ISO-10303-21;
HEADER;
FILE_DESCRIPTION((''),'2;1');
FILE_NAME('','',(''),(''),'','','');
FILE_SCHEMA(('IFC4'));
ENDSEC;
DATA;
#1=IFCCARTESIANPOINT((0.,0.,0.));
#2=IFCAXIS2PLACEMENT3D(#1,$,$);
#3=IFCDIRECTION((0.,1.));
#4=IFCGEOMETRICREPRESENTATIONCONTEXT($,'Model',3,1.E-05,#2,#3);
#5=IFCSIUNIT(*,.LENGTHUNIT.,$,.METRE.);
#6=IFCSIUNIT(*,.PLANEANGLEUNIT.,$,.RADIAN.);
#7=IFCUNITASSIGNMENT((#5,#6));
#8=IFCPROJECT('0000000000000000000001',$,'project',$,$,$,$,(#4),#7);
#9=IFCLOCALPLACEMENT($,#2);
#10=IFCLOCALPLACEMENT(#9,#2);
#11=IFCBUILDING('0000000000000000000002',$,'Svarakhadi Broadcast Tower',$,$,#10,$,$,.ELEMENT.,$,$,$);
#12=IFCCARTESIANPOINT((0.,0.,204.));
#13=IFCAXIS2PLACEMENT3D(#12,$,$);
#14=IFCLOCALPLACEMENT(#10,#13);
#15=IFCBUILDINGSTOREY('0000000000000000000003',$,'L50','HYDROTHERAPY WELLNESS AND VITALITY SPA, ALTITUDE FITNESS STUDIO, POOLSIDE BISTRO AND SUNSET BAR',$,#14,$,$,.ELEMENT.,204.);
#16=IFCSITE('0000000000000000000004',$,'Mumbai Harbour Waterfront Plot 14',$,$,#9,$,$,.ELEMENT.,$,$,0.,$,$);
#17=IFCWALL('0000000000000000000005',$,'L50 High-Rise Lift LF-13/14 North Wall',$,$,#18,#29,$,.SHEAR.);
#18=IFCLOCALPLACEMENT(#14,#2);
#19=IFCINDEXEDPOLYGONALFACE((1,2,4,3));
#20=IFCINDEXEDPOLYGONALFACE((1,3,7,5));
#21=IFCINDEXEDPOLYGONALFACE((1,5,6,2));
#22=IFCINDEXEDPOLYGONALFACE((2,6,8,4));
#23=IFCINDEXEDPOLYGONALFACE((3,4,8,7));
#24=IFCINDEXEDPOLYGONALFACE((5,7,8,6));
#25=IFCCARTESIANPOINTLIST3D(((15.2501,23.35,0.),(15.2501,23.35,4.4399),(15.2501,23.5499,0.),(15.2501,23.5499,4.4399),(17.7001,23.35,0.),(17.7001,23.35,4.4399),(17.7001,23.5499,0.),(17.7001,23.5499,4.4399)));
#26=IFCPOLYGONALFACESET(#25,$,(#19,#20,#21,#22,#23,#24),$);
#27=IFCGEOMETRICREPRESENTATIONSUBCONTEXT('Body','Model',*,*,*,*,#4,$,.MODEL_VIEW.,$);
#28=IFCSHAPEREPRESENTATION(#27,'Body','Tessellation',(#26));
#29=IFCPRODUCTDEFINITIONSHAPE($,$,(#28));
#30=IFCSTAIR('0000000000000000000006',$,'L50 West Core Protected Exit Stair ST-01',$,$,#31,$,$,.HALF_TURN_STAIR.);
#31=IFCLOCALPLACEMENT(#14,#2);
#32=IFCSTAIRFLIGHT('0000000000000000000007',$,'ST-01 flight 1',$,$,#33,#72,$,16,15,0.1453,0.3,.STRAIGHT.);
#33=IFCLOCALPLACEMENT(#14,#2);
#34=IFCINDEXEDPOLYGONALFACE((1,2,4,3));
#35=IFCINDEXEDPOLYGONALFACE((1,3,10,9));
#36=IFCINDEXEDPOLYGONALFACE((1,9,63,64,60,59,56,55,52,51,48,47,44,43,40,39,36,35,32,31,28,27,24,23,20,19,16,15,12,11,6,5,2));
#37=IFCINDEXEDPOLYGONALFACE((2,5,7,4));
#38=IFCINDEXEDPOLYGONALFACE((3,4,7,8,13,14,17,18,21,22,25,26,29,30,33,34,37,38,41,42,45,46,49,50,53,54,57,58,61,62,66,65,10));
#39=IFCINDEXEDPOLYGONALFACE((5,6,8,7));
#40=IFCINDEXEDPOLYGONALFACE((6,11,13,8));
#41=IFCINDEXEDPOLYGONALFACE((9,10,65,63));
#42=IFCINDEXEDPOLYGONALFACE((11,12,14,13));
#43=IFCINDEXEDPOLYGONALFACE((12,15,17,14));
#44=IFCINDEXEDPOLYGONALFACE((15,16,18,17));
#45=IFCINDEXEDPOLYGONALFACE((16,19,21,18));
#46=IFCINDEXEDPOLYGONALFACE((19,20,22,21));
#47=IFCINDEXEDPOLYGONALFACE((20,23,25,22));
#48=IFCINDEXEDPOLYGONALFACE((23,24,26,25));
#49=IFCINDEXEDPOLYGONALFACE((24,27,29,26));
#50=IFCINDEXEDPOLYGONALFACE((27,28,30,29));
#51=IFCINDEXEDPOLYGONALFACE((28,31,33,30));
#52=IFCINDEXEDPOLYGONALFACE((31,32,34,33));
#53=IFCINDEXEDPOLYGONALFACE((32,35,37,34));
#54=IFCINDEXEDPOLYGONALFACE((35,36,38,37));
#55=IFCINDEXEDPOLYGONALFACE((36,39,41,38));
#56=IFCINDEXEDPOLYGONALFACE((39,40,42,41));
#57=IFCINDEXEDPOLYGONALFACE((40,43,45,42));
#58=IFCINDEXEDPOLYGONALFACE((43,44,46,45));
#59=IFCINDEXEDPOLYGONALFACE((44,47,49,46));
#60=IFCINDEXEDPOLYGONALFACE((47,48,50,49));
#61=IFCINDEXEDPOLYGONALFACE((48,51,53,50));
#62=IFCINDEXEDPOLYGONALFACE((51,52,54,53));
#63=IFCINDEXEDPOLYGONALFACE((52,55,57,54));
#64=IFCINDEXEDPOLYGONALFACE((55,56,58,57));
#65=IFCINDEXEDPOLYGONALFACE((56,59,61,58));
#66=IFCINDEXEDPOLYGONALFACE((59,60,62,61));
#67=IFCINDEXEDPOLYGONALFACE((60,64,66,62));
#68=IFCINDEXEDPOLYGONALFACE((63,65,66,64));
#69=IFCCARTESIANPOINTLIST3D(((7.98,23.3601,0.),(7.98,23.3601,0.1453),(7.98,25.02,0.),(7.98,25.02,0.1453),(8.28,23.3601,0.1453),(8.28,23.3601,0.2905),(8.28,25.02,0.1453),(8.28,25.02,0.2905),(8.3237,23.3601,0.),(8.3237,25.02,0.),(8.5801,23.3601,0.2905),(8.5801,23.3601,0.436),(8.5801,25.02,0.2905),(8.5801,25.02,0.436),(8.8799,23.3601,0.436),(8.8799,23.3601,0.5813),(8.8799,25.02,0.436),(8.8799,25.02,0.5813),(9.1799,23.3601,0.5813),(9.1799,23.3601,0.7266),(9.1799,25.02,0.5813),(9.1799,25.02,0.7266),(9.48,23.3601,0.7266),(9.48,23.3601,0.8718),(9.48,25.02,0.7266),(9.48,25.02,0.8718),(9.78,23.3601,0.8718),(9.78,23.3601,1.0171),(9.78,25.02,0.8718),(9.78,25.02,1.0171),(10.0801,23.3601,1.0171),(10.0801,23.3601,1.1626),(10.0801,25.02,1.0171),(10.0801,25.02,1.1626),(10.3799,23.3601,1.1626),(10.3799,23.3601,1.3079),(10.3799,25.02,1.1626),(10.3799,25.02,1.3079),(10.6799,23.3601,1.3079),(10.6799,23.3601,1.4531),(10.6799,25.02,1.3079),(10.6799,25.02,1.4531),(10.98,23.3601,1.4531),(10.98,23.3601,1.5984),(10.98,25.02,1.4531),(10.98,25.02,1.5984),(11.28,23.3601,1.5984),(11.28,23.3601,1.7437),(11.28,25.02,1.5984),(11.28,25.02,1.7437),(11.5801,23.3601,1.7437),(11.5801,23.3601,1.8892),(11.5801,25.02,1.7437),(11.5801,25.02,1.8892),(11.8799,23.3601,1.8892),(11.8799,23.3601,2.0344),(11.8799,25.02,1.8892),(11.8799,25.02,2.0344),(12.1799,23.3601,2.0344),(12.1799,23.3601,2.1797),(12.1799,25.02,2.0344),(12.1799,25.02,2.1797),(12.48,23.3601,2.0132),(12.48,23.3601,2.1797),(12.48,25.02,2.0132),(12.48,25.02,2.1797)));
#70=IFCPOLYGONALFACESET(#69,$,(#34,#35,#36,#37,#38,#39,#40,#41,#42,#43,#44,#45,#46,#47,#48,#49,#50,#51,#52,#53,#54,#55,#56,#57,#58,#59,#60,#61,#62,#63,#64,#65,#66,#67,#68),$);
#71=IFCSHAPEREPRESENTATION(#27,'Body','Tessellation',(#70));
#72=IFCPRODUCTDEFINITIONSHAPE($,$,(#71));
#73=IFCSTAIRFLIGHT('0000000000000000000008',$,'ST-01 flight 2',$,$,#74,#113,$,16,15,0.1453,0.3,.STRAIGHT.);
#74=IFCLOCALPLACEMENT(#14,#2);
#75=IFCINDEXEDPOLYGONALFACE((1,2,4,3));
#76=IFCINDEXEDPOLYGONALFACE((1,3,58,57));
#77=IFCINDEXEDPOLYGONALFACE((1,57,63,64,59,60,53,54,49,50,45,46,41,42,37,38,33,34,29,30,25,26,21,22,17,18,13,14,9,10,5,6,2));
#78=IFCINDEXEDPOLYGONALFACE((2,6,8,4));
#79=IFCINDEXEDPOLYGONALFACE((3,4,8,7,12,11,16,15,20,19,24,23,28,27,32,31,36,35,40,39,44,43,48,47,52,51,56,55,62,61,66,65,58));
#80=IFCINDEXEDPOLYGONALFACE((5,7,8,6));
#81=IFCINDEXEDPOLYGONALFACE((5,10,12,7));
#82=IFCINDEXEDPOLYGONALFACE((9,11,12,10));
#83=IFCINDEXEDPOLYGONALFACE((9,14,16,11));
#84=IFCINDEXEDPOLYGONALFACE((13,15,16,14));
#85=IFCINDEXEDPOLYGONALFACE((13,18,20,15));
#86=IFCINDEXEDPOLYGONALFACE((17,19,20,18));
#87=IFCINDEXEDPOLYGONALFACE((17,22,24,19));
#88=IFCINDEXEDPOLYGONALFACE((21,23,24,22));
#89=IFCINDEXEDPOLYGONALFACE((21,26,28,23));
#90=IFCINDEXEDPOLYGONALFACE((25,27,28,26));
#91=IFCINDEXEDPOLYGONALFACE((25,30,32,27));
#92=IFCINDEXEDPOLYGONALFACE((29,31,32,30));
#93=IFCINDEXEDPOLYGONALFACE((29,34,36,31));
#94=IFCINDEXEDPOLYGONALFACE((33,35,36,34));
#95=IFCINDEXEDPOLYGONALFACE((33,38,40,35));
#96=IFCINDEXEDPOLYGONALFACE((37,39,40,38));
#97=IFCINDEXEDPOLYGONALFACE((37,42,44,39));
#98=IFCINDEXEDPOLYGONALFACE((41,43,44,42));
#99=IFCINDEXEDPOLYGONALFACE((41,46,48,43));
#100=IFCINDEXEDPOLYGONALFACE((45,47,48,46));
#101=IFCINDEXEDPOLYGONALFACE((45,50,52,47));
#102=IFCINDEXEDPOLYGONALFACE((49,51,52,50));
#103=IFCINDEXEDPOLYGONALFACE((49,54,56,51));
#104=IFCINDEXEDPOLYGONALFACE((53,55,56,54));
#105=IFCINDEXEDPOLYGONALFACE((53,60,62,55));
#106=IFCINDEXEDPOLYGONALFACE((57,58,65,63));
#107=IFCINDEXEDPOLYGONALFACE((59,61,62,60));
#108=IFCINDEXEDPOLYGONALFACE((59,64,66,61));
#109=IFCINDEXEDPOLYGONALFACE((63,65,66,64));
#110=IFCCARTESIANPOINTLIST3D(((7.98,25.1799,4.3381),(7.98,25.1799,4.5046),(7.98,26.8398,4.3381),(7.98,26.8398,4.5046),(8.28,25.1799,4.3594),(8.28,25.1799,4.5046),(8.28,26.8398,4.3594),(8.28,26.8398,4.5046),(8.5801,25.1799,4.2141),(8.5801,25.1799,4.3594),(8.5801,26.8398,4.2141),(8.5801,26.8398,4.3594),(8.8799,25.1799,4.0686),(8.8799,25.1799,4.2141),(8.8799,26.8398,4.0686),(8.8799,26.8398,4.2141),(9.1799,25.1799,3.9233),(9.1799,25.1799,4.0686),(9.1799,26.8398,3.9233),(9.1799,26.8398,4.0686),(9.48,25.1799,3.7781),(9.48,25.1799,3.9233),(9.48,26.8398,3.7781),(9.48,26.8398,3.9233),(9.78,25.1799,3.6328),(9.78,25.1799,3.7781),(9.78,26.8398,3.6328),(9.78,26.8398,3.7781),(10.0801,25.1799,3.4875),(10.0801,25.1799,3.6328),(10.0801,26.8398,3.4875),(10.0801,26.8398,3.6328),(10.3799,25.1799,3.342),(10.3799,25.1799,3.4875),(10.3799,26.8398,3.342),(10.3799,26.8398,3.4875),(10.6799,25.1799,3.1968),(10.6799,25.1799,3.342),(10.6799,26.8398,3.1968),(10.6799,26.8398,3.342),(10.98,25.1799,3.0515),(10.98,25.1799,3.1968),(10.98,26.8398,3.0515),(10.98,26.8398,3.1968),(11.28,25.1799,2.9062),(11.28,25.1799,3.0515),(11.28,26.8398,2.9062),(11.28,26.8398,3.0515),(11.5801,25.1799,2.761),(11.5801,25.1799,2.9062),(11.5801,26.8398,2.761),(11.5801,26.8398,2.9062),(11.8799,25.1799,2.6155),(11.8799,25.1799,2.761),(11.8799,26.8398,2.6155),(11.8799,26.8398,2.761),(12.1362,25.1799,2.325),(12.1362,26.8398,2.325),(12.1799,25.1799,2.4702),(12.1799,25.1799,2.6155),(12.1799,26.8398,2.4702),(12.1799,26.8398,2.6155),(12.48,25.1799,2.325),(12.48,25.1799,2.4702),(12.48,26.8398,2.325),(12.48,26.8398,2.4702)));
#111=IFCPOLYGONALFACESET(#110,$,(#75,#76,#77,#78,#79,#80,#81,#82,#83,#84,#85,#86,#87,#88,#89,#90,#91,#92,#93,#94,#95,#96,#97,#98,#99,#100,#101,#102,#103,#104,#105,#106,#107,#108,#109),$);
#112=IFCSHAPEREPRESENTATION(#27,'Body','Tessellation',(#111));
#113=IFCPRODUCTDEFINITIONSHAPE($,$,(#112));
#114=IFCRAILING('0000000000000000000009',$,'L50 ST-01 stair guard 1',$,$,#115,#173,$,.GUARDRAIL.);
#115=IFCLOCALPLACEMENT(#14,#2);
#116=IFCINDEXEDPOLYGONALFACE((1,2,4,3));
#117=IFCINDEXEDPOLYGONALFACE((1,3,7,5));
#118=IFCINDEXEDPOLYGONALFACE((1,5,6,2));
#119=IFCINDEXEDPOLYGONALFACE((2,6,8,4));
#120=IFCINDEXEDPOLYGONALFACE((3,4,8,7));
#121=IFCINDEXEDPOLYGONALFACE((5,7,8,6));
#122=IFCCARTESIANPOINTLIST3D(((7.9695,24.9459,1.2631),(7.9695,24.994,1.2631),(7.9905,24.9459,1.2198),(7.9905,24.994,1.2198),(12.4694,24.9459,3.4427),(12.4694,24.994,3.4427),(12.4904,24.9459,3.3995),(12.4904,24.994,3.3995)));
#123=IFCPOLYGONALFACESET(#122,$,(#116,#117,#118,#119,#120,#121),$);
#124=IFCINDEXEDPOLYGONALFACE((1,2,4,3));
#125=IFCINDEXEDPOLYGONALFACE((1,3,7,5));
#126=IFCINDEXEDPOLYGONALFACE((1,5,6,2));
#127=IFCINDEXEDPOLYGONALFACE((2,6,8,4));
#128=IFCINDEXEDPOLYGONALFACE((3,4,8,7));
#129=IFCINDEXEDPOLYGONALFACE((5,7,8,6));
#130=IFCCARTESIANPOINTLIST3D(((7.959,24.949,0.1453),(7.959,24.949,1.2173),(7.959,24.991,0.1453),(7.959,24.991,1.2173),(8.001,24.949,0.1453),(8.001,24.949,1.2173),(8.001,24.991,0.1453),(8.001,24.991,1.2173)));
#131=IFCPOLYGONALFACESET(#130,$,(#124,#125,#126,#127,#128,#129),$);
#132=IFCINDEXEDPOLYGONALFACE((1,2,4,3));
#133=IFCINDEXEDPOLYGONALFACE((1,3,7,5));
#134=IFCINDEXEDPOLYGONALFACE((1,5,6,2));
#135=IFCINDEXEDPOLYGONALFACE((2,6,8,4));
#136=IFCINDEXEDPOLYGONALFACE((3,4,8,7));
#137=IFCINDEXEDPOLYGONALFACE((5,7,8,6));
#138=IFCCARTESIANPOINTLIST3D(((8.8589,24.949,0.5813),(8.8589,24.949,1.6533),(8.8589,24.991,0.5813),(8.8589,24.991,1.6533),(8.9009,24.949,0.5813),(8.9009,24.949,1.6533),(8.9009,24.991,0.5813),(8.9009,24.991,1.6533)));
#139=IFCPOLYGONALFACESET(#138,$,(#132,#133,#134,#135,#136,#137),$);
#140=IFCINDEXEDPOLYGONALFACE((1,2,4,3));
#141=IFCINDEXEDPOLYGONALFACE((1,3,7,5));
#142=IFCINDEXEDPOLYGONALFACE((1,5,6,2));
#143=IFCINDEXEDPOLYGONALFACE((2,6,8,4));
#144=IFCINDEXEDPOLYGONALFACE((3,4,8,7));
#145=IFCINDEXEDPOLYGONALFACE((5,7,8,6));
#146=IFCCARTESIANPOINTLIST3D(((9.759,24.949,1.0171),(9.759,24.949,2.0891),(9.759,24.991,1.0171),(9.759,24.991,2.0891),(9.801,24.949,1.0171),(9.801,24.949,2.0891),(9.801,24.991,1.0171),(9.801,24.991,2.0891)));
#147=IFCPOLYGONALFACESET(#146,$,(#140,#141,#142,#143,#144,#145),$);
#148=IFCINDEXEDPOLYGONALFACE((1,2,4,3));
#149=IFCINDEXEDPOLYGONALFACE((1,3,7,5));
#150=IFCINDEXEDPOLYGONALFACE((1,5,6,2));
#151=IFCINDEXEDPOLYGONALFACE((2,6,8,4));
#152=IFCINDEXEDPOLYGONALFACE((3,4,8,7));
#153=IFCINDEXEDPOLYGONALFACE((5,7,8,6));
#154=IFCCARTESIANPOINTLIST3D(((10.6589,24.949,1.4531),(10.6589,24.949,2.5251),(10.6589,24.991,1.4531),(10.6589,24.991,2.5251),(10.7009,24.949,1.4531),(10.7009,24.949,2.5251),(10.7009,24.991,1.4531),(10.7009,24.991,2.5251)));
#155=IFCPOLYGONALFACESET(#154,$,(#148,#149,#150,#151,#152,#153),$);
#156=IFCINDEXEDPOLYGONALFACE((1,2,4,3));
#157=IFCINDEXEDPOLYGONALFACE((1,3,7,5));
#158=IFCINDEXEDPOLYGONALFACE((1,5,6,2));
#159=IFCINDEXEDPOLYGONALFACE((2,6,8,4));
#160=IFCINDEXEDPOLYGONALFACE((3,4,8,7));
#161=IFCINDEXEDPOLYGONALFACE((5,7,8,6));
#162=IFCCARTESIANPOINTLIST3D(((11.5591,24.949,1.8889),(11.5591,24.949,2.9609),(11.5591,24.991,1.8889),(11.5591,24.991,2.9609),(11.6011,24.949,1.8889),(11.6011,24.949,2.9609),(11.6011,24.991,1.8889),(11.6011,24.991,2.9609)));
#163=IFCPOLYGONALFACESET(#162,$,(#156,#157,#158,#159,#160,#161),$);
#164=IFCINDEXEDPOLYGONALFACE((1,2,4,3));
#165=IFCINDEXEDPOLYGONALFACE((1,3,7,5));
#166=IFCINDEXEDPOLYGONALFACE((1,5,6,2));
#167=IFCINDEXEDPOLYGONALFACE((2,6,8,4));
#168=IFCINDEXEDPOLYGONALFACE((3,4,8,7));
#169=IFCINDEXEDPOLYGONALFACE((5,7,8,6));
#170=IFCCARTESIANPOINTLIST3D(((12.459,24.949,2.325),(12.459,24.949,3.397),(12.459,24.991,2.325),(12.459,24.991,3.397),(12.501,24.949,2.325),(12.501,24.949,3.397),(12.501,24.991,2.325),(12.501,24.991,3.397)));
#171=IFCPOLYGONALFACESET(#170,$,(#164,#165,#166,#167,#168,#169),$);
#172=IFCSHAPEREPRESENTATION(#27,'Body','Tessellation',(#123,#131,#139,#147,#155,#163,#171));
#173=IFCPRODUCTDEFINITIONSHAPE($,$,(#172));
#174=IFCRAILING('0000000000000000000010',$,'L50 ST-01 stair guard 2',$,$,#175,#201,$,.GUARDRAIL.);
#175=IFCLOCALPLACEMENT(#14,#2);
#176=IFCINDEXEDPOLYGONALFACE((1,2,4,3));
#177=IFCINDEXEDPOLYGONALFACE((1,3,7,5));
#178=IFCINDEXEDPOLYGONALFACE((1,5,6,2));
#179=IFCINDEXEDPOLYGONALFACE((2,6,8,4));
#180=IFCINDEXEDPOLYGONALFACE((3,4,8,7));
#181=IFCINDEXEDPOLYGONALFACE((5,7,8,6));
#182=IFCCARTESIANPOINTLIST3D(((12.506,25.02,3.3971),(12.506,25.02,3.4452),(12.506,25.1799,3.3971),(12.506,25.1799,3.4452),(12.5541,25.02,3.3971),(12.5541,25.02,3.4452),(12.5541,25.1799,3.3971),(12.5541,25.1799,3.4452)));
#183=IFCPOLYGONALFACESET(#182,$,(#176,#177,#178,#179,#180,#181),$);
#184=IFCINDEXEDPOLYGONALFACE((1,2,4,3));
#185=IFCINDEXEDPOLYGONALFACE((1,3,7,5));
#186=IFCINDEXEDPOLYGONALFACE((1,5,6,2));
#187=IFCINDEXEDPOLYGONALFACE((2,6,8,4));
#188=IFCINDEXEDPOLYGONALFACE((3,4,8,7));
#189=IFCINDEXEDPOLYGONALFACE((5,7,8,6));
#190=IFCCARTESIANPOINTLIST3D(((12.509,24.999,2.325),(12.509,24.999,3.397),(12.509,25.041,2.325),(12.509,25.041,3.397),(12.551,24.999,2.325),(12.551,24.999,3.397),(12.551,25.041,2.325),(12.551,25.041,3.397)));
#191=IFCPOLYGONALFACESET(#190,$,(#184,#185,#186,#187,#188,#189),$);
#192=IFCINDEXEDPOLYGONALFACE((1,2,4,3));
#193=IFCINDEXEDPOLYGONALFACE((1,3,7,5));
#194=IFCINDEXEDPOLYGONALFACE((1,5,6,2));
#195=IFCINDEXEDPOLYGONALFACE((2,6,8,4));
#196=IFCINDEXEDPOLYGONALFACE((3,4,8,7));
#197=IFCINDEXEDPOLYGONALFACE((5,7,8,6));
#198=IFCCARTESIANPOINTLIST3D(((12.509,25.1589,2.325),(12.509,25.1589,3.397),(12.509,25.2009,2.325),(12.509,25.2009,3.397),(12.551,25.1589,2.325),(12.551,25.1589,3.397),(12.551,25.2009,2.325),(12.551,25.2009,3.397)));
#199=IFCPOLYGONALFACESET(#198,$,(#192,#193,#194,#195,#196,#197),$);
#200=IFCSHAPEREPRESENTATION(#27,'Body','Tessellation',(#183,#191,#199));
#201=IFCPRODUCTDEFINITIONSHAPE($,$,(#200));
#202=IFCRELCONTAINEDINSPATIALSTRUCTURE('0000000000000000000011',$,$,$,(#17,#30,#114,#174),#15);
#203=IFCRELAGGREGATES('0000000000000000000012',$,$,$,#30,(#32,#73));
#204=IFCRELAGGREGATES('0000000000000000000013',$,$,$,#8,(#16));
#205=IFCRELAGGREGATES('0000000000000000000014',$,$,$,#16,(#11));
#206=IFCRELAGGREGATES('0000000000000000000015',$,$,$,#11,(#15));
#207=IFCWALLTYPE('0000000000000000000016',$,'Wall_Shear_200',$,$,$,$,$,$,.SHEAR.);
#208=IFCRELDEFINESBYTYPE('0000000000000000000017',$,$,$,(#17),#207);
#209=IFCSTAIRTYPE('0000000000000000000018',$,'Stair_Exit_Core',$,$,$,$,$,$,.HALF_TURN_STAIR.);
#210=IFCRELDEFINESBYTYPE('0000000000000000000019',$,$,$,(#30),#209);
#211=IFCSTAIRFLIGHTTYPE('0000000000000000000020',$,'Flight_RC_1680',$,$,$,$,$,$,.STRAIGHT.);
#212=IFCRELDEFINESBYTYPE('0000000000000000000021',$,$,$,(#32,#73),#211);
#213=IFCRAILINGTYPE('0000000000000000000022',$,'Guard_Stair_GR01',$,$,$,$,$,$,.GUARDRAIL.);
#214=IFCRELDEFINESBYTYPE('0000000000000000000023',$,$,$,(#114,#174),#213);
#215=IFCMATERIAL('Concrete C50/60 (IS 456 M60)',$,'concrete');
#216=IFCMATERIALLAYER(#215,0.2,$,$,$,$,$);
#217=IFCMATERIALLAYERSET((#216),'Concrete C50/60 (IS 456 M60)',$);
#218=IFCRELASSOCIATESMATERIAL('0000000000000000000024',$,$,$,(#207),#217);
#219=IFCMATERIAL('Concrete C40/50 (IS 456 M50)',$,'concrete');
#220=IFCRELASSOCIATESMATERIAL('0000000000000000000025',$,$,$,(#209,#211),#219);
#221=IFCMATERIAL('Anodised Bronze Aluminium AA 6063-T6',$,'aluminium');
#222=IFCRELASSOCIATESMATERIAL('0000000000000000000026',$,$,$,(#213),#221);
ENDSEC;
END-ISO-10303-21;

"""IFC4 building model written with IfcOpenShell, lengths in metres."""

from ifc_helpers import new_model, si_unit, direction, frame, frame_2d, origin, origin_2d, place, context, subcontext, project, spatial, polyline, rectangle, outline, extrude, material, layer, layer_set, type_object, element, aggregate, save


model = new_model("IFC4")

# Units and contexts
model_context = context("Model", 3, precision=1e-05, world=origin(), true_north=direction((0.0, 1.0)))
body_context = subcontext(model_context, "Body", "Model", "MODEL_VIEW")
ifc_project = project(units=[si_unit("LENGTHUNIT", "METRE"), si_unit("PLANEANGLEUNIT", "RADIAN")], contexts=[model_context])

# Site, building, storey
site_placement = place(None, origin())
site = spatial("IfcSite", under=ifc_project, at=site_placement, Name="Mumbai Harbour Waterfront Plot 14", CompositionType="ELEMENT", RefElevation=0.0)
building_placement = place(site_placement, origin())
building = spatial("IfcBuilding", under=site, at=building_placement, Name="Svarakhadi Broadcast Tower", CompositionType="ELEMENT")
storey_placement = place(building_placement, frame((0.0, 0.0, 204.0)))
storey = spatial("IfcBuildingStorey", under=building, at=storey_placement, Name="L50", Description="HYDROTHERAPY WELLNESS AND VITALITY SPA, ALTITUDE FITNESS STUDIO, POOLSIDE BISTRO AND SUNSET BAR", CompositionType="ELEMENT", Elevation=204.0)

# Shared definitions
ifc_material_1 = material(Name="Concrete C50/60 (IS 456 M60)", Category="concrete")

# Shared definitions
ifc_material_2 = material(Name="Concrete C40/50 (IS 456 M50)", Category="concrete")

# Shared definitions
ifc_layer_1 = layer(ifc_material_1, 0.2)
ifc_layer_set_1 = layer_set([ifc_layer_1], Name="Concrete C50/60 (IS 456 M60)")
wall_type_1 = type_object("IfcWallType", Name="Wall_Shear_200", PredefinedType="SHEAR", material=ifc_layer_set_1)

# Wall
wall_1_placement = place(storey_placement, frame((15.25, 23.45, 0.0), z_axis=(0.0, 0.0, 1.0), x_axis=(1.0, 0.0, 0.0)))
element("IfcWall", 1, at=wall_1_placement, inside=storey, type_object=wall_type_1, Name="L50 High-Rise Lift LF-13/14 North Wall", PredefinedType="SHEAR", context=body_context, shape_type="SweptSolid", body=[
    extrude(rectangle(XDim=2.45, YDim=0.2, at=frame_2d((1.2251, 0.0))), origin(), (0.0, 0.0, 1.0), 4.4399),
])

# Stair, stair flights
stair_type = type_object("IfcStairType", Name="Stair_Exit_Core", PredefinedType="HALF_TURN_STAIR", material=ifc_material_2)
stair_placement = place(storey_placement, origin())
stair = element("IfcStair", 2, at=stair_placement, inside=storey, type_object=stair_type, Name="L50 West Core Protected Exit Stair ST-01", PredefinedType="HALF_TURN_STAIR")
stair_flight_type = type_object("IfcStairFlightType", Name="Flight_RC_1680", PredefinedType="STRAIGHT", material=ifc_material_2)
stair_flight_1_placement = place(storey_placement, frame((7.98, 24.1899, 0.0), z_axis=(0.0, 0.0, 1.0), x_axis=(1.0, 0.0, 0.0)))
stair_flight_1 = element("IfcStairFlight", 3, at=stair_flight_1_placement, type_object=stair_flight_type, Name="ST-01 flight 1", NumberOfRisers=16, NumberOfTreads=15, PredefinedType="STRAIGHT", RiserHeight=0.1453, TreadLength=0.3, context=body_context, shape_type="SweptSolid", body=[
    extrude(outline(polyline([(0.0, 0.0), (0.0, 0.1453), (0.3, 0.1453), (0.3, 0.2905), (0.6001, 0.2905), (0.6001, 0.436), (0.8999, 0.436), (0.8999, 0.5813), (1.2, 0.5813), (1.2, 0.7266), (1.5, 0.7266), (1.5, 0.8718), (1.8, 0.8718), (1.8, 1.0171), (2.1001, 1.0171), (2.1001, 1.1626), (2.3999, 1.1626), (2.3999, 1.3079), (2.7, 1.3079), (2.7, 1.4531), (3.0, 1.4531), (3.0, 1.5984), (3.3, 1.5984), (3.3, 1.7437), (3.6001, 1.7437), (3.6001, 1.8892), (3.8999, 1.8892), (3.8999, 2.0344), (4.2, 2.0344), (4.2, 2.1797), (4.5, 2.1797), (4.5, 2.325), (4.5, 2.0132), (0.3438, 0.0), (0.0, 0.0)])), frame((0.0, 0.8301, 0.0), z_axis=(0.0, -1.0, 0.0), x_axis=(1.0, 0.0, 0.0)), (0.0, 0.0, 1.0), 1.6599),
])
stair_flight_2_placement = place(storey_placement, frame((12.48, 26.01, 2.325), z_axis=(0.0, 0.0, 1.0), x_axis=(-1.0, 0.0, 0.0)))
stair_flight_2 = element("IfcStairFlight", 4, at=stair_flight_2_placement, type_object=stair_flight_type, Name="ST-01 flight 2", NumberOfRisers=16, NumberOfTreads=15, PredefinedType="STRAIGHT", RiserHeight=0.1453, TreadLength=0.3, context=body_context, shape_type="SweptSolid", body=[
    extrude(outline(polyline([(0.0, 0.0), (0.0, 0.1453), (0.3, 0.1453), (0.3, 0.2905), (0.6001, 0.2905), (0.6001, 0.436), (0.8999, 0.436), (0.8999, 0.5813), (1.2, 0.5813), (1.2, 0.7266), (1.5, 0.7266), (1.5, 0.8718), (1.8, 0.8718), (1.8, 1.0171), (2.1001, 1.0171), (2.1001, 1.1626), (2.3999, 1.1626), (2.3999, 1.3079), (2.7, 1.3079), (2.7, 1.4531), (3.0, 1.4531), (3.0, 1.5984), (3.3, 1.5984), (3.3, 1.7437), (3.6001, 1.7437), (3.6001, 1.8892), (3.8999, 1.8892), (3.8999, 2.0344), (4.2, 2.0344), (4.2, 2.1797), (4.5, 2.1797), (4.5, 2.325), (4.5, 2.0132), (0.3438, 0.0), (0.0, 0.0)])), frame((0.0, 0.8301, 0.0), z_axis=(0.0, -1.0, 0.0), x_axis=(1.0, 0.0, 0.0)), (0.0, 0.0, 1.0), 1.6599),
])
aggregate(stair, [stair_flight_1, stair_flight_2])

# Railings
ifc_material_3 = material(Name="Anodised Bronze Aluminium AA 6063-T6", Category="aluminium")
railing_type_1 = type_object("IfcRailingType", Name="Guard_Stair_GR01", PredefinedType="GUARDRAIL", material=ifc_material_3)
railing_1_placement = place(storey_placement, frame((7.98, 24.97, 0.1453)))
element("IfcRailing", 5, at=railing_1_placement, inside=storey, type_object=railing_type_1, Name="L50 ST-01 stair guard 1", PredefinedType="GUARDRAIL", context=body_context, shape_type="SweptSolid", body=[
    extrude(rectangle(XDim=0.0481, YDim=0.0481, at=origin_2d()), frame((0.0, 0.0, 1.0962), z_axis=(0.899981, 0.0, 0.435928), x_axis=(0.0, 1.0, 0.0)), (0.0, 0.0, 1.0), 5.0),
    extrude(rectangle(XDim=0.042, YDim=0.042, at=origin_2d()), origin(), (0.0, 0.0, 1.0), 1.072),
    extrude(rectangle(XDim=0.042, YDim=0.042, at=origin_2d()), frame((0.8999, 0.0, 0.436)), (0.0, 0.0, 1.0), 1.072),
    extrude(rectangle(XDim=0.042, YDim=0.042, at=origin_2d()), frame((1.8, 0.0, 0.8718)), (0.0, 0.0, 1.0), 1.072),
    extrude(rectangle(XDim=0.042, YDim=0.042, at=origin_2d()), frame((2.7, 0.0, 1.3079)), (0.0, 0.0, 1.0), 1.072),
    extrude(rectangle(XDim=0.042, YDim=0.042, at=origin_2d()), frame((3.6001, 0.0, 1.7437)), (0.0, 0.0, 1.0), 1.072),
    extrude(rectangle(XDim=0.042, YDim=0.042, at=origin_2d()), frame((4.5, 0.0, 2.1797)), (0.0, 0.0, 1.0), 1.072),
])
railing_2_placement = place(storey_placement, frame((12.53, 25.02, 2.325)))
element("IfcRailing", 6, at=railing_2_placement, inside=storey, type_object=railing_type_1, Name="L50 ST-01 stair guard 2", PredefinedType="GUARDRAIL", context=body_context, shape_type="SweptSolid", body=[
    extrude(rectangle(XDim=0.0481, YDim=0.0481, at=origin_2d()), frame((0.0, 0.0, 1.0962), z_axis=(0.0, 1.0, 0.0), x_axis=(-1.0, 0.0, 0.0)), (0.0, 0.0, 1.0), 0.1599),
    extrude(rectangle(XDim=0.042, YDim=0.042, at=origin_2d()), origin(), (0.0, 0.0, 1.0), 1.072),
    extrude(rectangle(XDim=0.042, YDim=0.042, at=origin_2d()), frame((0.0, 0.1599, 0.0)), (0.0, 0.0, 1.0), 1.072),
])

save(model, "model.ifc")
